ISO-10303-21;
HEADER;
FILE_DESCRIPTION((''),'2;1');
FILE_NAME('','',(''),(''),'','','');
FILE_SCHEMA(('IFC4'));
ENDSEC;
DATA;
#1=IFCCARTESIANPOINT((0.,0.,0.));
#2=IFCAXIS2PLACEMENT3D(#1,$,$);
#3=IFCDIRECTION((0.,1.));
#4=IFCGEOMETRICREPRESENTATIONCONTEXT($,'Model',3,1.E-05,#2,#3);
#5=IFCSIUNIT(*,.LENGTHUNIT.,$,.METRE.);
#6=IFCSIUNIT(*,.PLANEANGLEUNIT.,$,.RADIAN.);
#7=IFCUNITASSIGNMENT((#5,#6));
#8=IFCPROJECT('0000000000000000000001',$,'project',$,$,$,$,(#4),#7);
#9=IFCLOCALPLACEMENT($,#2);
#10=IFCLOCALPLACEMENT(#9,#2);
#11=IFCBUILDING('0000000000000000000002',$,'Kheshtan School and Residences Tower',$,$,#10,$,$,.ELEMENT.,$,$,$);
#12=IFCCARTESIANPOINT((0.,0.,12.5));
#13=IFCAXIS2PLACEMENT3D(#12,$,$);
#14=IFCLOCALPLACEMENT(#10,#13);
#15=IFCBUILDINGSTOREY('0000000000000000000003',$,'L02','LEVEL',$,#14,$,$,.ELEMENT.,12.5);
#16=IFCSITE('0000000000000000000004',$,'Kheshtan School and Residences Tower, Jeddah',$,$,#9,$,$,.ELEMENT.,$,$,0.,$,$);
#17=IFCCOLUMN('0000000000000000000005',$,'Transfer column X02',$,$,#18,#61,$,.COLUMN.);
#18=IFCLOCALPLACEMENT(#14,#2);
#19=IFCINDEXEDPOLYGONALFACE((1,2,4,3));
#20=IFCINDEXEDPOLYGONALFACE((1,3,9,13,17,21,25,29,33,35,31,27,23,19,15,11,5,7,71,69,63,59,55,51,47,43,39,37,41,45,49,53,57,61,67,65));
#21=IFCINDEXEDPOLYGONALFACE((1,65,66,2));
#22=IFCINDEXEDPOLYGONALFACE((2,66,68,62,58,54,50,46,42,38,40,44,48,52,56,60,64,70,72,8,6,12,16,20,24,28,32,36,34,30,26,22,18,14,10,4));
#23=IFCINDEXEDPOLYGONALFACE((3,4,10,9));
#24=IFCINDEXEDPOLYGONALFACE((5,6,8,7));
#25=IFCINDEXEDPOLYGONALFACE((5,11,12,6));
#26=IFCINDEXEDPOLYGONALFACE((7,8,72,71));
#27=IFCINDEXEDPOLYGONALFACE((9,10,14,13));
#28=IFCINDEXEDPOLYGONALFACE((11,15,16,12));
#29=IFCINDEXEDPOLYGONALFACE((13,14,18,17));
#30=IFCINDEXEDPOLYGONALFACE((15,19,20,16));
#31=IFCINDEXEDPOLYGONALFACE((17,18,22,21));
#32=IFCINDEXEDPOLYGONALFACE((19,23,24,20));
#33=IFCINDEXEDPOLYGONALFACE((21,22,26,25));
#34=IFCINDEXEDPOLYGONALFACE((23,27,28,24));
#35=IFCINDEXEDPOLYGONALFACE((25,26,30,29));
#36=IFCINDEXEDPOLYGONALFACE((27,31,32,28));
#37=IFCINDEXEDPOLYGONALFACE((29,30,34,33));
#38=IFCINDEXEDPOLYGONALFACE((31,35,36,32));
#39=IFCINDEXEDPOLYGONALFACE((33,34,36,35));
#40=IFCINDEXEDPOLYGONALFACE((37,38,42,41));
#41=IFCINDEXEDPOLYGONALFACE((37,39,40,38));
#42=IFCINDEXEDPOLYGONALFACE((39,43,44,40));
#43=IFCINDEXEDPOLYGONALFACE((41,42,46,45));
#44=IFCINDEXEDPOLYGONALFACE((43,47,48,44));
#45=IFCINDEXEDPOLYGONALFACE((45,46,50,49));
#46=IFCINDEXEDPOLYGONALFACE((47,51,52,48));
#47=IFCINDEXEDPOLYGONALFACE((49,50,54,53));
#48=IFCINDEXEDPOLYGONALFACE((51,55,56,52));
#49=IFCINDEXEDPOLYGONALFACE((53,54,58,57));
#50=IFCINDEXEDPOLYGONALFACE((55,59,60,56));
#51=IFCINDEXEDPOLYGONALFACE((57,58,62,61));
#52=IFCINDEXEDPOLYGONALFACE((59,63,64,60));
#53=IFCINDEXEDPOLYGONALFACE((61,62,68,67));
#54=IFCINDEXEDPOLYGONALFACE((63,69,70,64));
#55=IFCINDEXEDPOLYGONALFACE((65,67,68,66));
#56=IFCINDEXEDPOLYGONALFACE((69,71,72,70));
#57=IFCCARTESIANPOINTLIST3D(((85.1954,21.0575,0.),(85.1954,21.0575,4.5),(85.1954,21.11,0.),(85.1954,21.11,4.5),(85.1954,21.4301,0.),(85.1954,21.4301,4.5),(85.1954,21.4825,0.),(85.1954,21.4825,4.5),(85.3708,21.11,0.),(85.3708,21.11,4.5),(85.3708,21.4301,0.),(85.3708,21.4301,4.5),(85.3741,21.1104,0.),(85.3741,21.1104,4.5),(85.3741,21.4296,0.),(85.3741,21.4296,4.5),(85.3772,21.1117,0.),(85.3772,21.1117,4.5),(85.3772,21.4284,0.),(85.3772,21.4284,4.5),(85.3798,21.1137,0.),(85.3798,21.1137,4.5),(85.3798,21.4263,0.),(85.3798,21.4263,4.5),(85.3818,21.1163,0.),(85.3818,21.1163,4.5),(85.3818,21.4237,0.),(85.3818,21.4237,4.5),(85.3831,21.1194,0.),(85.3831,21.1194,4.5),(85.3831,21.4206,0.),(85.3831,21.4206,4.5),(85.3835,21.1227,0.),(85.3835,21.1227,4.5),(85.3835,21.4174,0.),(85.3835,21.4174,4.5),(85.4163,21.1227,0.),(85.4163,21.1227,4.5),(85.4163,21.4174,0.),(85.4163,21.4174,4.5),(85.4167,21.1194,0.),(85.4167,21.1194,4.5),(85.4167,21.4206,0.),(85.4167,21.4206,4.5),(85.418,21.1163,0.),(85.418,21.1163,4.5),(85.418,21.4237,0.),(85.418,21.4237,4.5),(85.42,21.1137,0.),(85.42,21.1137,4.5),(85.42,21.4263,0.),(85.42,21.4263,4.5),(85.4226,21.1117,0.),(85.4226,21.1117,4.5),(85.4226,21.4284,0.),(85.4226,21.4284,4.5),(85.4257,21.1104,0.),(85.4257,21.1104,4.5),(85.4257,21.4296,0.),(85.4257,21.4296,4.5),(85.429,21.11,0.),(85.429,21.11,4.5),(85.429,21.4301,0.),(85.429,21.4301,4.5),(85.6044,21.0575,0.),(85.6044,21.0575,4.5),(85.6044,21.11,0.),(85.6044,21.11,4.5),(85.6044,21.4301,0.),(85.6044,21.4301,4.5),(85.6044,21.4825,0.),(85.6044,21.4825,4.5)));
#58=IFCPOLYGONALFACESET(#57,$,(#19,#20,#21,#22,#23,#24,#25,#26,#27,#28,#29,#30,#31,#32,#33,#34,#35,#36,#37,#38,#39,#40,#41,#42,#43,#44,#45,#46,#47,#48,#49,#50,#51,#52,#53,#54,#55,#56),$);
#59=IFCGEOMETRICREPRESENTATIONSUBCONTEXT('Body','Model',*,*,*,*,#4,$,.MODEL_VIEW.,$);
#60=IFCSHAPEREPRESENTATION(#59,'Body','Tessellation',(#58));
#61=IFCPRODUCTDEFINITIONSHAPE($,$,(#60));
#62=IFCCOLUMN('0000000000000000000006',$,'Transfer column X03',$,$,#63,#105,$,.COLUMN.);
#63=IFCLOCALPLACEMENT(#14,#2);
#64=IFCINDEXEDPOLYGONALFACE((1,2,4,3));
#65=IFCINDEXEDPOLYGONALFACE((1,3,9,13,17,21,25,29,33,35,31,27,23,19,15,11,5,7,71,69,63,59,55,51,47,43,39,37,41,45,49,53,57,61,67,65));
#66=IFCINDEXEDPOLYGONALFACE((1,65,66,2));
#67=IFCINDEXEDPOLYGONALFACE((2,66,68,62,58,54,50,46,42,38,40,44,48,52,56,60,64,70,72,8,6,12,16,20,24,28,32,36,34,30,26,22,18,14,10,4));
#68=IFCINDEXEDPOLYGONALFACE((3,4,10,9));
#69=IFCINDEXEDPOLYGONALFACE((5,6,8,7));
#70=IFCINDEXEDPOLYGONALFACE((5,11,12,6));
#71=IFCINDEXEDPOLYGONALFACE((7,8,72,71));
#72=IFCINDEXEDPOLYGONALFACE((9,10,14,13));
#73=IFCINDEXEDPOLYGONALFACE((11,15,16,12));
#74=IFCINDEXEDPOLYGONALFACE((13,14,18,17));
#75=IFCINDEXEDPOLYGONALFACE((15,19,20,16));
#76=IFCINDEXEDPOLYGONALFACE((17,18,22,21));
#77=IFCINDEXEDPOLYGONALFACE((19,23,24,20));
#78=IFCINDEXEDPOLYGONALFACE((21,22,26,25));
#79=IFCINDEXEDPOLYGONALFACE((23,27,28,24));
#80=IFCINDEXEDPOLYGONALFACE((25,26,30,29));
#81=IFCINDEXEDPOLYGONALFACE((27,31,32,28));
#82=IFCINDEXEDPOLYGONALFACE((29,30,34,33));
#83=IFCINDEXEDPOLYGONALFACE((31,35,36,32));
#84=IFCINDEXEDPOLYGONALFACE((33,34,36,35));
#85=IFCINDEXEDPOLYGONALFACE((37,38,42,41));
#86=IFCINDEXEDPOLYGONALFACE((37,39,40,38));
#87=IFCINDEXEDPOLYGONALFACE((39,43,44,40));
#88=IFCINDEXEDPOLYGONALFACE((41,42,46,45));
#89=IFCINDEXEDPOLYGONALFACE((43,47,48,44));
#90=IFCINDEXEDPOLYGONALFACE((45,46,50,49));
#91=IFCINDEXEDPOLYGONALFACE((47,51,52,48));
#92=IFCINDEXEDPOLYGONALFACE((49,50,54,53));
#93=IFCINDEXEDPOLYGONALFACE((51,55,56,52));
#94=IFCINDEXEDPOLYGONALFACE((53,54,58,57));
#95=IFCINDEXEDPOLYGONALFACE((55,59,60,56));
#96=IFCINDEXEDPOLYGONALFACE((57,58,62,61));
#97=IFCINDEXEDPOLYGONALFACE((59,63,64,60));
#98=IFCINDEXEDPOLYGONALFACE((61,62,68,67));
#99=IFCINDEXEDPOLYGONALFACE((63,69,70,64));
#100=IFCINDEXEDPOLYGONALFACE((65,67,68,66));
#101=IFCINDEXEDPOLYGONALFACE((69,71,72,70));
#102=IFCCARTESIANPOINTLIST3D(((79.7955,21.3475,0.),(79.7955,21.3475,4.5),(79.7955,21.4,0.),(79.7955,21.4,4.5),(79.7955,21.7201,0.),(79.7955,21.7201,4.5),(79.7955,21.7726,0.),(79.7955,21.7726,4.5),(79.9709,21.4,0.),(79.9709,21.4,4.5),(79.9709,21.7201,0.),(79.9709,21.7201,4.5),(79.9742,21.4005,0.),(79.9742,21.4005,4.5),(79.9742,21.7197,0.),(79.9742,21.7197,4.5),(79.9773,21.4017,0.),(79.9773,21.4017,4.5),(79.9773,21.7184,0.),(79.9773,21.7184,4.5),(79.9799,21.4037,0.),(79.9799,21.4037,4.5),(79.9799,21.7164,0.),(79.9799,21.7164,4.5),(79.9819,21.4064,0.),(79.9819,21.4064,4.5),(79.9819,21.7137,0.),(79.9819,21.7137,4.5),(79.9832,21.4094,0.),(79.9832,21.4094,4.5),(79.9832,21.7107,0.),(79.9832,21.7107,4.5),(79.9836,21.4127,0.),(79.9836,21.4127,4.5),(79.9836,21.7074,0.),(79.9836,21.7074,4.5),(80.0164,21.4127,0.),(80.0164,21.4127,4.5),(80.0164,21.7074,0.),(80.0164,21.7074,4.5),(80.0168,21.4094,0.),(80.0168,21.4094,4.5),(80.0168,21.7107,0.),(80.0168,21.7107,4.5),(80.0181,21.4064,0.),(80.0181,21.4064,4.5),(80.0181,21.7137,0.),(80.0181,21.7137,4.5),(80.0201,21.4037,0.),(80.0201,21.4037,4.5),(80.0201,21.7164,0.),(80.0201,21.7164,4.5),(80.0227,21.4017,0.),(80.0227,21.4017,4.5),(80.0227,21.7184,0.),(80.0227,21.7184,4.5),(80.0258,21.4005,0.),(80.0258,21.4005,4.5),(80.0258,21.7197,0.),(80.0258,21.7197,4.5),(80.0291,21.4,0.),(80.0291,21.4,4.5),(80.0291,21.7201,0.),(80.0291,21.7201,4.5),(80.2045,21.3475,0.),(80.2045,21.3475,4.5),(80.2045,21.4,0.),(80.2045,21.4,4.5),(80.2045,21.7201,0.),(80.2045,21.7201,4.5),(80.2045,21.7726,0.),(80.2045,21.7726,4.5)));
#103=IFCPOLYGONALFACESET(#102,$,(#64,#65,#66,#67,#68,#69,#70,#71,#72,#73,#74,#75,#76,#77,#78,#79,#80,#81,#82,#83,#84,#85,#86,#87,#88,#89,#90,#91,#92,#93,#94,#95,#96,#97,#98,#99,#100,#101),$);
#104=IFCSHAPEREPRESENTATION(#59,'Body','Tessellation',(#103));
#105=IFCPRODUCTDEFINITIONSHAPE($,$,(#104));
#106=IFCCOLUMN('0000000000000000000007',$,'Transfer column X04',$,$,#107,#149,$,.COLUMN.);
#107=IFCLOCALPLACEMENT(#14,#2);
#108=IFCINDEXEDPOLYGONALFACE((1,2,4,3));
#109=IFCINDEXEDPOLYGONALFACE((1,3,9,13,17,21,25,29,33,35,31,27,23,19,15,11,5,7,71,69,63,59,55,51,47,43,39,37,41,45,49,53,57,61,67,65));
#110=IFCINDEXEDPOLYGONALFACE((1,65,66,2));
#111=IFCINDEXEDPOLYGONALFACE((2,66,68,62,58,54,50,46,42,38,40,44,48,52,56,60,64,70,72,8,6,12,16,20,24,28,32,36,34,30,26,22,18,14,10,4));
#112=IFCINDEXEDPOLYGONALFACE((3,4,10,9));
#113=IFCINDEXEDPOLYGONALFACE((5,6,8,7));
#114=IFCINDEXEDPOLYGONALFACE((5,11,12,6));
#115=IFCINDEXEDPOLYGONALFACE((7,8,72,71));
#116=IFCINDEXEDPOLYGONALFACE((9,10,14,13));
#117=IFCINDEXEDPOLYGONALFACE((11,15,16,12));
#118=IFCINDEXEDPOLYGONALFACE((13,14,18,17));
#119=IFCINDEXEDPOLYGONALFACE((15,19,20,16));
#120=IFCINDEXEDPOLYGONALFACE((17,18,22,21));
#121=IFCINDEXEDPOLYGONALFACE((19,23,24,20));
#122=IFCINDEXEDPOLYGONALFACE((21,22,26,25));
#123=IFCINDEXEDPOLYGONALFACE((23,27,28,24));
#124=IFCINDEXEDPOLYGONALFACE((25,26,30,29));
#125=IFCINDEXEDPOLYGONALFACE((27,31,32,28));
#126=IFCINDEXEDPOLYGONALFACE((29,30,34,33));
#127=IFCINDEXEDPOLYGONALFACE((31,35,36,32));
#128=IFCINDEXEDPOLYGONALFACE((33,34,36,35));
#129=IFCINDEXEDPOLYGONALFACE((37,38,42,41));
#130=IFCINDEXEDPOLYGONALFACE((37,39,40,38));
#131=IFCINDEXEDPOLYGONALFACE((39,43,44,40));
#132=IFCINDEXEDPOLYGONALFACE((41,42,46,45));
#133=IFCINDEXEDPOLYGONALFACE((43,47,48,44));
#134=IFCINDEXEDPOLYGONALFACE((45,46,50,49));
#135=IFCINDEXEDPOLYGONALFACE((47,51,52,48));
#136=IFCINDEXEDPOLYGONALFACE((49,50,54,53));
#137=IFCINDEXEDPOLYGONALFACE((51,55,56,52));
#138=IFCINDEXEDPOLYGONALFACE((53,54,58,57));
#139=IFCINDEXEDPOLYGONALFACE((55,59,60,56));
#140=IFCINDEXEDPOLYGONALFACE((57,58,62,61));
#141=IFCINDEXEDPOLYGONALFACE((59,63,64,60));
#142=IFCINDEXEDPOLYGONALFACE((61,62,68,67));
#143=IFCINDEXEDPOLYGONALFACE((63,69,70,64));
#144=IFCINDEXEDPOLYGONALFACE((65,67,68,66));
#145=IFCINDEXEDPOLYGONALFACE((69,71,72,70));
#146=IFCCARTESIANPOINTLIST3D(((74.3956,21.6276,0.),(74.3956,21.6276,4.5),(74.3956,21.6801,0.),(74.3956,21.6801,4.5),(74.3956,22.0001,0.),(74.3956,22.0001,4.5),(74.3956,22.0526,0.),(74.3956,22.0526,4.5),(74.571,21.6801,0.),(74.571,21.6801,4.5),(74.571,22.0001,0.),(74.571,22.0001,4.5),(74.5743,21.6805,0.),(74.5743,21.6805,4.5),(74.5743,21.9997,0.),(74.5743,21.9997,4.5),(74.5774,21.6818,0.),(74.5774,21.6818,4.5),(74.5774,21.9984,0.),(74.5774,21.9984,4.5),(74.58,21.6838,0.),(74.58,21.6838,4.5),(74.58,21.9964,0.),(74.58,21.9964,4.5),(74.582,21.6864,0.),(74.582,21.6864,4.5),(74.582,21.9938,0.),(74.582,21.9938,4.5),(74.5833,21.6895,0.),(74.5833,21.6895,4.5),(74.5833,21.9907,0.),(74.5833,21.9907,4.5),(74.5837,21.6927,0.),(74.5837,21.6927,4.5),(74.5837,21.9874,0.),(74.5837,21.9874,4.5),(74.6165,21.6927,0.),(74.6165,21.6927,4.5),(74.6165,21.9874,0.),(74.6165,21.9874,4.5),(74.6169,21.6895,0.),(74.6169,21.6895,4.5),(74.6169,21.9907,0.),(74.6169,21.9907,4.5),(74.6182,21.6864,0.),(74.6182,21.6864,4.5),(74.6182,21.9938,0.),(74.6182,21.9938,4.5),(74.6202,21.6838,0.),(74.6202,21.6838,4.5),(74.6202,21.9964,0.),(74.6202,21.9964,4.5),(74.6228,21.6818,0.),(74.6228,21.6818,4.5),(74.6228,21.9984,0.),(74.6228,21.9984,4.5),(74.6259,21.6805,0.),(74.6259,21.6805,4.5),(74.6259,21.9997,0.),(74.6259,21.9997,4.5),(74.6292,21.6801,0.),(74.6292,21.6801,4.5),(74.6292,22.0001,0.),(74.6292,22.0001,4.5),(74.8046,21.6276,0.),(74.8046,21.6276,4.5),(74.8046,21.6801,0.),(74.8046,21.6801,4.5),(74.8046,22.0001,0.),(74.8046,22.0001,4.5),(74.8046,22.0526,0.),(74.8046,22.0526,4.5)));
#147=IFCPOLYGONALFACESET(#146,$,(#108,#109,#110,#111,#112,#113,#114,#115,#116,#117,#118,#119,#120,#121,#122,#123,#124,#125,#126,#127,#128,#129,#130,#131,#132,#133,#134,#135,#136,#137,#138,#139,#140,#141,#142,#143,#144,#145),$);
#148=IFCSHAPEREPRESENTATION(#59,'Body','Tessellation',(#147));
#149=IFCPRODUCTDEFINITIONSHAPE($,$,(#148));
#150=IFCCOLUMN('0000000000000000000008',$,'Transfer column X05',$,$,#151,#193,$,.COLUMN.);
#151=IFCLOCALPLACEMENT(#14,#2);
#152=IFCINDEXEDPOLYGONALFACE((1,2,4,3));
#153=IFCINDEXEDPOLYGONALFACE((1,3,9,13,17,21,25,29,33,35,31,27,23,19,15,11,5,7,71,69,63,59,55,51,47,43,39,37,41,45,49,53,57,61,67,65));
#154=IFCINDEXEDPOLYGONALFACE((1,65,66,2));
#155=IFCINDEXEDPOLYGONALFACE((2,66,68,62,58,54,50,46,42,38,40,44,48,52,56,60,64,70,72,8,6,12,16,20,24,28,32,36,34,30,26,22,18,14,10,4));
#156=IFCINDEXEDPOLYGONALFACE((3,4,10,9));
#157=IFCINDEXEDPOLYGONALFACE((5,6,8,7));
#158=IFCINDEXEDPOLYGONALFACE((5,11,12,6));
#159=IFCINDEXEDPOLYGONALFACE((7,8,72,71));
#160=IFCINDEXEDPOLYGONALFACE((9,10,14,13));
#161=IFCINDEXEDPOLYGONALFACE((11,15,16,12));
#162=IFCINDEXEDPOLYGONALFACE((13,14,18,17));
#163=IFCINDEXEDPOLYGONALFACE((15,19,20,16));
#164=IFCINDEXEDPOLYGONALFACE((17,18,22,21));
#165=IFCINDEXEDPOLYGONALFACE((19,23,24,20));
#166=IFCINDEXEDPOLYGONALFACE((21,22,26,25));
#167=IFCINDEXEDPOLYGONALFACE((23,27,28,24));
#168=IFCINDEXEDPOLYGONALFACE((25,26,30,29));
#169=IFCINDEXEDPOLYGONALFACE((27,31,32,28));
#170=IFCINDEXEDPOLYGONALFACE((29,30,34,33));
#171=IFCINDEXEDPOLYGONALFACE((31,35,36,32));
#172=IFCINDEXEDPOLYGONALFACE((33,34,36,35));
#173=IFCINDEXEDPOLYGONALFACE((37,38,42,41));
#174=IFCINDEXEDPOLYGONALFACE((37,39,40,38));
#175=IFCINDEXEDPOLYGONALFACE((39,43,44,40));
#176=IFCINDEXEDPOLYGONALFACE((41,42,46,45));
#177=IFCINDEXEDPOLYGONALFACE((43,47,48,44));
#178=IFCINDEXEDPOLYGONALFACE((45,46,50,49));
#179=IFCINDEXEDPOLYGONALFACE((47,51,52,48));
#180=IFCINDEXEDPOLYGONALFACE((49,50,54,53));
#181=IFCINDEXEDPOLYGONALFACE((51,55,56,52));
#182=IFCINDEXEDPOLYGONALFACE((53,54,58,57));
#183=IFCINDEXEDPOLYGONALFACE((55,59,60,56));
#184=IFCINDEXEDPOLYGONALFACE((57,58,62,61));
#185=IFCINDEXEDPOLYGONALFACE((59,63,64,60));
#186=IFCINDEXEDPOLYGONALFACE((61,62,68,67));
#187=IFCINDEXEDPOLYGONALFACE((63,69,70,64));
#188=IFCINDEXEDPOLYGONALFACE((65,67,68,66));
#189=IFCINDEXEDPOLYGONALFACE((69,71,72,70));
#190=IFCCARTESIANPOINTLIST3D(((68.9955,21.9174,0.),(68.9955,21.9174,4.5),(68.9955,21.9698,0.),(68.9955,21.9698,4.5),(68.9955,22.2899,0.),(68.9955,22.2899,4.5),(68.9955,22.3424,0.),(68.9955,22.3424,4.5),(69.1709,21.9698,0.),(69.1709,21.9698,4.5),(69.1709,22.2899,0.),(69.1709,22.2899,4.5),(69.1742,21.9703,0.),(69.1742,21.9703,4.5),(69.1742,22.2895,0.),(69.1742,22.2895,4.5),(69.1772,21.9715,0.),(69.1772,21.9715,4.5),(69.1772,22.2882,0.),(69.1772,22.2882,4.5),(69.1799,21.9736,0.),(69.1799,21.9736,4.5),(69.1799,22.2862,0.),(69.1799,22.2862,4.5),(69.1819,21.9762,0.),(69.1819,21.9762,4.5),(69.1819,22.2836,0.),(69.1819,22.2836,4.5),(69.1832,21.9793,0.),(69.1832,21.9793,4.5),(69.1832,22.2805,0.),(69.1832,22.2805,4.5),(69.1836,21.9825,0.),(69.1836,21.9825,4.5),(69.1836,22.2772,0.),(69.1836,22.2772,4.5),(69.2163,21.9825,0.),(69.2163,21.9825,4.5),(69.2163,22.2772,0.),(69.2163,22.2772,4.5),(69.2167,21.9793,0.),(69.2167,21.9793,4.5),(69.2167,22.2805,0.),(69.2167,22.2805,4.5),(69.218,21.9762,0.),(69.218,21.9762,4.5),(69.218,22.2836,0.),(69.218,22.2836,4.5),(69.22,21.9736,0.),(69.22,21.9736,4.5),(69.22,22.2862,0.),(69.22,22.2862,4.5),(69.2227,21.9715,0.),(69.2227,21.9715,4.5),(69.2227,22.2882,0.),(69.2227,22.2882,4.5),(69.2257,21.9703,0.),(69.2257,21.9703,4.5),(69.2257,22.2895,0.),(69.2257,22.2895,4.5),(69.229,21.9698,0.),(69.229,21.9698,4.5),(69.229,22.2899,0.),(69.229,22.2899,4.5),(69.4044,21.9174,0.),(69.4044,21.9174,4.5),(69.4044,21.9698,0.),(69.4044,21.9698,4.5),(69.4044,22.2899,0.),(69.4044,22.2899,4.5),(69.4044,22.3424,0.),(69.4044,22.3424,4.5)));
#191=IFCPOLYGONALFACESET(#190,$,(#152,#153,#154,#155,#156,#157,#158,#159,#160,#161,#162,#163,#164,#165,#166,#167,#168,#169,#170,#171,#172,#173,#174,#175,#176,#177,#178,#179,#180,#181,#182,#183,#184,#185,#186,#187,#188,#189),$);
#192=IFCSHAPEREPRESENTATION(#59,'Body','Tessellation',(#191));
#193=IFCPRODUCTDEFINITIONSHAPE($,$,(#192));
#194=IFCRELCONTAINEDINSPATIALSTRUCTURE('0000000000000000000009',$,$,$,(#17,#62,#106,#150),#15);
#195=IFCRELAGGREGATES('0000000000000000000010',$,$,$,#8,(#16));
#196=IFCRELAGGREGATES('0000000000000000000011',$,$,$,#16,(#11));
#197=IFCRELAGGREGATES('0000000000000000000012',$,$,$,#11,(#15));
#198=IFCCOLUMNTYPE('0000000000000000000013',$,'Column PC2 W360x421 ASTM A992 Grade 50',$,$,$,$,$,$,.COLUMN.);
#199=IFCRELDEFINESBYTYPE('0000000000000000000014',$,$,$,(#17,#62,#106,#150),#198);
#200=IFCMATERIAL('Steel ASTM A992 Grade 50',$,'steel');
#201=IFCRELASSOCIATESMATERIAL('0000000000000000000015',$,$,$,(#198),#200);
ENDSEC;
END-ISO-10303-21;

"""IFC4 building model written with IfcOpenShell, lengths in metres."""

from ifc_helpers import new_model, si_unit, direction, frame, origin, origin_2d, place, context, subcontext, project, spatial, i_section, extrude, material, material_profile, profile_set, type_object, element, save


model = new_model("IFC4")

# Units and contexts
model_context = context("Model", 3, precision=1e-05, world=origin(), true_north=direction((0.0, 1.0)))
body_context = subcontext(model_context, "Body", "Model", "MODEL_VIEW")
ifc_project = project(units=[si_unit("LENGTHUNIT", "METRE"), si_unit("PLANEANGLEUNIT", "RADIAN")], contexts=[model_context])

# Site, building, storey
site_placement = place(None, origin())
site = spatial("IfcSite", under=ifc_project, at=site_placement, Name="Kheshtan School and Residences Tower, Jeddah", CompositionType="ELEMENT", RefElevation=0.0)
building_placement = place(site_placement, origin())
building = spatial("IfcBuilding", under=site, at=building_placement, Name="Kheshtan School and Residences Tower", CompositionType="ELEMENT")
storey_placement = place(building_placement, frame((0.0, 0.0, 12.5)))
storey = spatial("IfcBuildingStorey", under=building, at=storey_placement, Name="L02", Description="LEVEL", CompositionType="ELEMENT", Elevation=12.5)

# Columns
ifc_material_1 = material(Name="Steel ASTM A992 Grade 50", Category="steel")
ifc_material_profile_1 = material_profile(ifc_material_1, i_section(OverallWidth=0.4089, OverallDepth=0.425, WebThickness=0.0327, FlangeThickness=0.0525, FilletRadius=0.0127, at=origin_2d()), Name="W360x421")
ifc_profile_set_1 = profile_set([ifc_material_profile_1], Name="Steel ASTM A992 Grade 50")
column_type = type_object("IfcColumnType", Name="Column PC2 W360x421 ASTM A992 Grade 50", PredefinedType="COLUMN", material=ifc_profile_set_1)
for number, where, z_axis, x_axis, name in (
    (1, (85.3999, 21.27, 0.0), (0.0, 0.0, 1.0), (1.0, 0.0, 0.0), "Transfer column X02"),
    (2, (80.0, 21.5601, 0.0), (0.0, 0.0, 1.0), (1.0, 0.0, 0.0), "Transfer column X03"),
    (3, (74.6001, 21.8401, 0.0), (0.0, 0.0, 1.0), (1.0, 0.0, 0.0), "Transfer column X04"),
    (4, (69.2, 22.1299, 0.0), (0.0, 0.0, 1.0), (1.0, 0.0, 0.0), "Transfer column X05"),
):
    element("IfcColumn", number, at=place(storey_placement, frame(where, z_axis=z_axis, x_axis=x_axis)), inside=storey, type_object=column_type, Name=name, PredefinedType="COLUMN", context=body_context, shape_type="SweptSolid", body=[
        extrude(i_section(OverallWidth=0.4089, OverallDepth=0.425, WebThickness=0.0327, FlangeThickness=0.0525, FilletRadius=0.0127, at=origin_2d()), origin(), (0.0, 0.0, 1.0), 4.5),
    ])

save(model, "model.ifc")
